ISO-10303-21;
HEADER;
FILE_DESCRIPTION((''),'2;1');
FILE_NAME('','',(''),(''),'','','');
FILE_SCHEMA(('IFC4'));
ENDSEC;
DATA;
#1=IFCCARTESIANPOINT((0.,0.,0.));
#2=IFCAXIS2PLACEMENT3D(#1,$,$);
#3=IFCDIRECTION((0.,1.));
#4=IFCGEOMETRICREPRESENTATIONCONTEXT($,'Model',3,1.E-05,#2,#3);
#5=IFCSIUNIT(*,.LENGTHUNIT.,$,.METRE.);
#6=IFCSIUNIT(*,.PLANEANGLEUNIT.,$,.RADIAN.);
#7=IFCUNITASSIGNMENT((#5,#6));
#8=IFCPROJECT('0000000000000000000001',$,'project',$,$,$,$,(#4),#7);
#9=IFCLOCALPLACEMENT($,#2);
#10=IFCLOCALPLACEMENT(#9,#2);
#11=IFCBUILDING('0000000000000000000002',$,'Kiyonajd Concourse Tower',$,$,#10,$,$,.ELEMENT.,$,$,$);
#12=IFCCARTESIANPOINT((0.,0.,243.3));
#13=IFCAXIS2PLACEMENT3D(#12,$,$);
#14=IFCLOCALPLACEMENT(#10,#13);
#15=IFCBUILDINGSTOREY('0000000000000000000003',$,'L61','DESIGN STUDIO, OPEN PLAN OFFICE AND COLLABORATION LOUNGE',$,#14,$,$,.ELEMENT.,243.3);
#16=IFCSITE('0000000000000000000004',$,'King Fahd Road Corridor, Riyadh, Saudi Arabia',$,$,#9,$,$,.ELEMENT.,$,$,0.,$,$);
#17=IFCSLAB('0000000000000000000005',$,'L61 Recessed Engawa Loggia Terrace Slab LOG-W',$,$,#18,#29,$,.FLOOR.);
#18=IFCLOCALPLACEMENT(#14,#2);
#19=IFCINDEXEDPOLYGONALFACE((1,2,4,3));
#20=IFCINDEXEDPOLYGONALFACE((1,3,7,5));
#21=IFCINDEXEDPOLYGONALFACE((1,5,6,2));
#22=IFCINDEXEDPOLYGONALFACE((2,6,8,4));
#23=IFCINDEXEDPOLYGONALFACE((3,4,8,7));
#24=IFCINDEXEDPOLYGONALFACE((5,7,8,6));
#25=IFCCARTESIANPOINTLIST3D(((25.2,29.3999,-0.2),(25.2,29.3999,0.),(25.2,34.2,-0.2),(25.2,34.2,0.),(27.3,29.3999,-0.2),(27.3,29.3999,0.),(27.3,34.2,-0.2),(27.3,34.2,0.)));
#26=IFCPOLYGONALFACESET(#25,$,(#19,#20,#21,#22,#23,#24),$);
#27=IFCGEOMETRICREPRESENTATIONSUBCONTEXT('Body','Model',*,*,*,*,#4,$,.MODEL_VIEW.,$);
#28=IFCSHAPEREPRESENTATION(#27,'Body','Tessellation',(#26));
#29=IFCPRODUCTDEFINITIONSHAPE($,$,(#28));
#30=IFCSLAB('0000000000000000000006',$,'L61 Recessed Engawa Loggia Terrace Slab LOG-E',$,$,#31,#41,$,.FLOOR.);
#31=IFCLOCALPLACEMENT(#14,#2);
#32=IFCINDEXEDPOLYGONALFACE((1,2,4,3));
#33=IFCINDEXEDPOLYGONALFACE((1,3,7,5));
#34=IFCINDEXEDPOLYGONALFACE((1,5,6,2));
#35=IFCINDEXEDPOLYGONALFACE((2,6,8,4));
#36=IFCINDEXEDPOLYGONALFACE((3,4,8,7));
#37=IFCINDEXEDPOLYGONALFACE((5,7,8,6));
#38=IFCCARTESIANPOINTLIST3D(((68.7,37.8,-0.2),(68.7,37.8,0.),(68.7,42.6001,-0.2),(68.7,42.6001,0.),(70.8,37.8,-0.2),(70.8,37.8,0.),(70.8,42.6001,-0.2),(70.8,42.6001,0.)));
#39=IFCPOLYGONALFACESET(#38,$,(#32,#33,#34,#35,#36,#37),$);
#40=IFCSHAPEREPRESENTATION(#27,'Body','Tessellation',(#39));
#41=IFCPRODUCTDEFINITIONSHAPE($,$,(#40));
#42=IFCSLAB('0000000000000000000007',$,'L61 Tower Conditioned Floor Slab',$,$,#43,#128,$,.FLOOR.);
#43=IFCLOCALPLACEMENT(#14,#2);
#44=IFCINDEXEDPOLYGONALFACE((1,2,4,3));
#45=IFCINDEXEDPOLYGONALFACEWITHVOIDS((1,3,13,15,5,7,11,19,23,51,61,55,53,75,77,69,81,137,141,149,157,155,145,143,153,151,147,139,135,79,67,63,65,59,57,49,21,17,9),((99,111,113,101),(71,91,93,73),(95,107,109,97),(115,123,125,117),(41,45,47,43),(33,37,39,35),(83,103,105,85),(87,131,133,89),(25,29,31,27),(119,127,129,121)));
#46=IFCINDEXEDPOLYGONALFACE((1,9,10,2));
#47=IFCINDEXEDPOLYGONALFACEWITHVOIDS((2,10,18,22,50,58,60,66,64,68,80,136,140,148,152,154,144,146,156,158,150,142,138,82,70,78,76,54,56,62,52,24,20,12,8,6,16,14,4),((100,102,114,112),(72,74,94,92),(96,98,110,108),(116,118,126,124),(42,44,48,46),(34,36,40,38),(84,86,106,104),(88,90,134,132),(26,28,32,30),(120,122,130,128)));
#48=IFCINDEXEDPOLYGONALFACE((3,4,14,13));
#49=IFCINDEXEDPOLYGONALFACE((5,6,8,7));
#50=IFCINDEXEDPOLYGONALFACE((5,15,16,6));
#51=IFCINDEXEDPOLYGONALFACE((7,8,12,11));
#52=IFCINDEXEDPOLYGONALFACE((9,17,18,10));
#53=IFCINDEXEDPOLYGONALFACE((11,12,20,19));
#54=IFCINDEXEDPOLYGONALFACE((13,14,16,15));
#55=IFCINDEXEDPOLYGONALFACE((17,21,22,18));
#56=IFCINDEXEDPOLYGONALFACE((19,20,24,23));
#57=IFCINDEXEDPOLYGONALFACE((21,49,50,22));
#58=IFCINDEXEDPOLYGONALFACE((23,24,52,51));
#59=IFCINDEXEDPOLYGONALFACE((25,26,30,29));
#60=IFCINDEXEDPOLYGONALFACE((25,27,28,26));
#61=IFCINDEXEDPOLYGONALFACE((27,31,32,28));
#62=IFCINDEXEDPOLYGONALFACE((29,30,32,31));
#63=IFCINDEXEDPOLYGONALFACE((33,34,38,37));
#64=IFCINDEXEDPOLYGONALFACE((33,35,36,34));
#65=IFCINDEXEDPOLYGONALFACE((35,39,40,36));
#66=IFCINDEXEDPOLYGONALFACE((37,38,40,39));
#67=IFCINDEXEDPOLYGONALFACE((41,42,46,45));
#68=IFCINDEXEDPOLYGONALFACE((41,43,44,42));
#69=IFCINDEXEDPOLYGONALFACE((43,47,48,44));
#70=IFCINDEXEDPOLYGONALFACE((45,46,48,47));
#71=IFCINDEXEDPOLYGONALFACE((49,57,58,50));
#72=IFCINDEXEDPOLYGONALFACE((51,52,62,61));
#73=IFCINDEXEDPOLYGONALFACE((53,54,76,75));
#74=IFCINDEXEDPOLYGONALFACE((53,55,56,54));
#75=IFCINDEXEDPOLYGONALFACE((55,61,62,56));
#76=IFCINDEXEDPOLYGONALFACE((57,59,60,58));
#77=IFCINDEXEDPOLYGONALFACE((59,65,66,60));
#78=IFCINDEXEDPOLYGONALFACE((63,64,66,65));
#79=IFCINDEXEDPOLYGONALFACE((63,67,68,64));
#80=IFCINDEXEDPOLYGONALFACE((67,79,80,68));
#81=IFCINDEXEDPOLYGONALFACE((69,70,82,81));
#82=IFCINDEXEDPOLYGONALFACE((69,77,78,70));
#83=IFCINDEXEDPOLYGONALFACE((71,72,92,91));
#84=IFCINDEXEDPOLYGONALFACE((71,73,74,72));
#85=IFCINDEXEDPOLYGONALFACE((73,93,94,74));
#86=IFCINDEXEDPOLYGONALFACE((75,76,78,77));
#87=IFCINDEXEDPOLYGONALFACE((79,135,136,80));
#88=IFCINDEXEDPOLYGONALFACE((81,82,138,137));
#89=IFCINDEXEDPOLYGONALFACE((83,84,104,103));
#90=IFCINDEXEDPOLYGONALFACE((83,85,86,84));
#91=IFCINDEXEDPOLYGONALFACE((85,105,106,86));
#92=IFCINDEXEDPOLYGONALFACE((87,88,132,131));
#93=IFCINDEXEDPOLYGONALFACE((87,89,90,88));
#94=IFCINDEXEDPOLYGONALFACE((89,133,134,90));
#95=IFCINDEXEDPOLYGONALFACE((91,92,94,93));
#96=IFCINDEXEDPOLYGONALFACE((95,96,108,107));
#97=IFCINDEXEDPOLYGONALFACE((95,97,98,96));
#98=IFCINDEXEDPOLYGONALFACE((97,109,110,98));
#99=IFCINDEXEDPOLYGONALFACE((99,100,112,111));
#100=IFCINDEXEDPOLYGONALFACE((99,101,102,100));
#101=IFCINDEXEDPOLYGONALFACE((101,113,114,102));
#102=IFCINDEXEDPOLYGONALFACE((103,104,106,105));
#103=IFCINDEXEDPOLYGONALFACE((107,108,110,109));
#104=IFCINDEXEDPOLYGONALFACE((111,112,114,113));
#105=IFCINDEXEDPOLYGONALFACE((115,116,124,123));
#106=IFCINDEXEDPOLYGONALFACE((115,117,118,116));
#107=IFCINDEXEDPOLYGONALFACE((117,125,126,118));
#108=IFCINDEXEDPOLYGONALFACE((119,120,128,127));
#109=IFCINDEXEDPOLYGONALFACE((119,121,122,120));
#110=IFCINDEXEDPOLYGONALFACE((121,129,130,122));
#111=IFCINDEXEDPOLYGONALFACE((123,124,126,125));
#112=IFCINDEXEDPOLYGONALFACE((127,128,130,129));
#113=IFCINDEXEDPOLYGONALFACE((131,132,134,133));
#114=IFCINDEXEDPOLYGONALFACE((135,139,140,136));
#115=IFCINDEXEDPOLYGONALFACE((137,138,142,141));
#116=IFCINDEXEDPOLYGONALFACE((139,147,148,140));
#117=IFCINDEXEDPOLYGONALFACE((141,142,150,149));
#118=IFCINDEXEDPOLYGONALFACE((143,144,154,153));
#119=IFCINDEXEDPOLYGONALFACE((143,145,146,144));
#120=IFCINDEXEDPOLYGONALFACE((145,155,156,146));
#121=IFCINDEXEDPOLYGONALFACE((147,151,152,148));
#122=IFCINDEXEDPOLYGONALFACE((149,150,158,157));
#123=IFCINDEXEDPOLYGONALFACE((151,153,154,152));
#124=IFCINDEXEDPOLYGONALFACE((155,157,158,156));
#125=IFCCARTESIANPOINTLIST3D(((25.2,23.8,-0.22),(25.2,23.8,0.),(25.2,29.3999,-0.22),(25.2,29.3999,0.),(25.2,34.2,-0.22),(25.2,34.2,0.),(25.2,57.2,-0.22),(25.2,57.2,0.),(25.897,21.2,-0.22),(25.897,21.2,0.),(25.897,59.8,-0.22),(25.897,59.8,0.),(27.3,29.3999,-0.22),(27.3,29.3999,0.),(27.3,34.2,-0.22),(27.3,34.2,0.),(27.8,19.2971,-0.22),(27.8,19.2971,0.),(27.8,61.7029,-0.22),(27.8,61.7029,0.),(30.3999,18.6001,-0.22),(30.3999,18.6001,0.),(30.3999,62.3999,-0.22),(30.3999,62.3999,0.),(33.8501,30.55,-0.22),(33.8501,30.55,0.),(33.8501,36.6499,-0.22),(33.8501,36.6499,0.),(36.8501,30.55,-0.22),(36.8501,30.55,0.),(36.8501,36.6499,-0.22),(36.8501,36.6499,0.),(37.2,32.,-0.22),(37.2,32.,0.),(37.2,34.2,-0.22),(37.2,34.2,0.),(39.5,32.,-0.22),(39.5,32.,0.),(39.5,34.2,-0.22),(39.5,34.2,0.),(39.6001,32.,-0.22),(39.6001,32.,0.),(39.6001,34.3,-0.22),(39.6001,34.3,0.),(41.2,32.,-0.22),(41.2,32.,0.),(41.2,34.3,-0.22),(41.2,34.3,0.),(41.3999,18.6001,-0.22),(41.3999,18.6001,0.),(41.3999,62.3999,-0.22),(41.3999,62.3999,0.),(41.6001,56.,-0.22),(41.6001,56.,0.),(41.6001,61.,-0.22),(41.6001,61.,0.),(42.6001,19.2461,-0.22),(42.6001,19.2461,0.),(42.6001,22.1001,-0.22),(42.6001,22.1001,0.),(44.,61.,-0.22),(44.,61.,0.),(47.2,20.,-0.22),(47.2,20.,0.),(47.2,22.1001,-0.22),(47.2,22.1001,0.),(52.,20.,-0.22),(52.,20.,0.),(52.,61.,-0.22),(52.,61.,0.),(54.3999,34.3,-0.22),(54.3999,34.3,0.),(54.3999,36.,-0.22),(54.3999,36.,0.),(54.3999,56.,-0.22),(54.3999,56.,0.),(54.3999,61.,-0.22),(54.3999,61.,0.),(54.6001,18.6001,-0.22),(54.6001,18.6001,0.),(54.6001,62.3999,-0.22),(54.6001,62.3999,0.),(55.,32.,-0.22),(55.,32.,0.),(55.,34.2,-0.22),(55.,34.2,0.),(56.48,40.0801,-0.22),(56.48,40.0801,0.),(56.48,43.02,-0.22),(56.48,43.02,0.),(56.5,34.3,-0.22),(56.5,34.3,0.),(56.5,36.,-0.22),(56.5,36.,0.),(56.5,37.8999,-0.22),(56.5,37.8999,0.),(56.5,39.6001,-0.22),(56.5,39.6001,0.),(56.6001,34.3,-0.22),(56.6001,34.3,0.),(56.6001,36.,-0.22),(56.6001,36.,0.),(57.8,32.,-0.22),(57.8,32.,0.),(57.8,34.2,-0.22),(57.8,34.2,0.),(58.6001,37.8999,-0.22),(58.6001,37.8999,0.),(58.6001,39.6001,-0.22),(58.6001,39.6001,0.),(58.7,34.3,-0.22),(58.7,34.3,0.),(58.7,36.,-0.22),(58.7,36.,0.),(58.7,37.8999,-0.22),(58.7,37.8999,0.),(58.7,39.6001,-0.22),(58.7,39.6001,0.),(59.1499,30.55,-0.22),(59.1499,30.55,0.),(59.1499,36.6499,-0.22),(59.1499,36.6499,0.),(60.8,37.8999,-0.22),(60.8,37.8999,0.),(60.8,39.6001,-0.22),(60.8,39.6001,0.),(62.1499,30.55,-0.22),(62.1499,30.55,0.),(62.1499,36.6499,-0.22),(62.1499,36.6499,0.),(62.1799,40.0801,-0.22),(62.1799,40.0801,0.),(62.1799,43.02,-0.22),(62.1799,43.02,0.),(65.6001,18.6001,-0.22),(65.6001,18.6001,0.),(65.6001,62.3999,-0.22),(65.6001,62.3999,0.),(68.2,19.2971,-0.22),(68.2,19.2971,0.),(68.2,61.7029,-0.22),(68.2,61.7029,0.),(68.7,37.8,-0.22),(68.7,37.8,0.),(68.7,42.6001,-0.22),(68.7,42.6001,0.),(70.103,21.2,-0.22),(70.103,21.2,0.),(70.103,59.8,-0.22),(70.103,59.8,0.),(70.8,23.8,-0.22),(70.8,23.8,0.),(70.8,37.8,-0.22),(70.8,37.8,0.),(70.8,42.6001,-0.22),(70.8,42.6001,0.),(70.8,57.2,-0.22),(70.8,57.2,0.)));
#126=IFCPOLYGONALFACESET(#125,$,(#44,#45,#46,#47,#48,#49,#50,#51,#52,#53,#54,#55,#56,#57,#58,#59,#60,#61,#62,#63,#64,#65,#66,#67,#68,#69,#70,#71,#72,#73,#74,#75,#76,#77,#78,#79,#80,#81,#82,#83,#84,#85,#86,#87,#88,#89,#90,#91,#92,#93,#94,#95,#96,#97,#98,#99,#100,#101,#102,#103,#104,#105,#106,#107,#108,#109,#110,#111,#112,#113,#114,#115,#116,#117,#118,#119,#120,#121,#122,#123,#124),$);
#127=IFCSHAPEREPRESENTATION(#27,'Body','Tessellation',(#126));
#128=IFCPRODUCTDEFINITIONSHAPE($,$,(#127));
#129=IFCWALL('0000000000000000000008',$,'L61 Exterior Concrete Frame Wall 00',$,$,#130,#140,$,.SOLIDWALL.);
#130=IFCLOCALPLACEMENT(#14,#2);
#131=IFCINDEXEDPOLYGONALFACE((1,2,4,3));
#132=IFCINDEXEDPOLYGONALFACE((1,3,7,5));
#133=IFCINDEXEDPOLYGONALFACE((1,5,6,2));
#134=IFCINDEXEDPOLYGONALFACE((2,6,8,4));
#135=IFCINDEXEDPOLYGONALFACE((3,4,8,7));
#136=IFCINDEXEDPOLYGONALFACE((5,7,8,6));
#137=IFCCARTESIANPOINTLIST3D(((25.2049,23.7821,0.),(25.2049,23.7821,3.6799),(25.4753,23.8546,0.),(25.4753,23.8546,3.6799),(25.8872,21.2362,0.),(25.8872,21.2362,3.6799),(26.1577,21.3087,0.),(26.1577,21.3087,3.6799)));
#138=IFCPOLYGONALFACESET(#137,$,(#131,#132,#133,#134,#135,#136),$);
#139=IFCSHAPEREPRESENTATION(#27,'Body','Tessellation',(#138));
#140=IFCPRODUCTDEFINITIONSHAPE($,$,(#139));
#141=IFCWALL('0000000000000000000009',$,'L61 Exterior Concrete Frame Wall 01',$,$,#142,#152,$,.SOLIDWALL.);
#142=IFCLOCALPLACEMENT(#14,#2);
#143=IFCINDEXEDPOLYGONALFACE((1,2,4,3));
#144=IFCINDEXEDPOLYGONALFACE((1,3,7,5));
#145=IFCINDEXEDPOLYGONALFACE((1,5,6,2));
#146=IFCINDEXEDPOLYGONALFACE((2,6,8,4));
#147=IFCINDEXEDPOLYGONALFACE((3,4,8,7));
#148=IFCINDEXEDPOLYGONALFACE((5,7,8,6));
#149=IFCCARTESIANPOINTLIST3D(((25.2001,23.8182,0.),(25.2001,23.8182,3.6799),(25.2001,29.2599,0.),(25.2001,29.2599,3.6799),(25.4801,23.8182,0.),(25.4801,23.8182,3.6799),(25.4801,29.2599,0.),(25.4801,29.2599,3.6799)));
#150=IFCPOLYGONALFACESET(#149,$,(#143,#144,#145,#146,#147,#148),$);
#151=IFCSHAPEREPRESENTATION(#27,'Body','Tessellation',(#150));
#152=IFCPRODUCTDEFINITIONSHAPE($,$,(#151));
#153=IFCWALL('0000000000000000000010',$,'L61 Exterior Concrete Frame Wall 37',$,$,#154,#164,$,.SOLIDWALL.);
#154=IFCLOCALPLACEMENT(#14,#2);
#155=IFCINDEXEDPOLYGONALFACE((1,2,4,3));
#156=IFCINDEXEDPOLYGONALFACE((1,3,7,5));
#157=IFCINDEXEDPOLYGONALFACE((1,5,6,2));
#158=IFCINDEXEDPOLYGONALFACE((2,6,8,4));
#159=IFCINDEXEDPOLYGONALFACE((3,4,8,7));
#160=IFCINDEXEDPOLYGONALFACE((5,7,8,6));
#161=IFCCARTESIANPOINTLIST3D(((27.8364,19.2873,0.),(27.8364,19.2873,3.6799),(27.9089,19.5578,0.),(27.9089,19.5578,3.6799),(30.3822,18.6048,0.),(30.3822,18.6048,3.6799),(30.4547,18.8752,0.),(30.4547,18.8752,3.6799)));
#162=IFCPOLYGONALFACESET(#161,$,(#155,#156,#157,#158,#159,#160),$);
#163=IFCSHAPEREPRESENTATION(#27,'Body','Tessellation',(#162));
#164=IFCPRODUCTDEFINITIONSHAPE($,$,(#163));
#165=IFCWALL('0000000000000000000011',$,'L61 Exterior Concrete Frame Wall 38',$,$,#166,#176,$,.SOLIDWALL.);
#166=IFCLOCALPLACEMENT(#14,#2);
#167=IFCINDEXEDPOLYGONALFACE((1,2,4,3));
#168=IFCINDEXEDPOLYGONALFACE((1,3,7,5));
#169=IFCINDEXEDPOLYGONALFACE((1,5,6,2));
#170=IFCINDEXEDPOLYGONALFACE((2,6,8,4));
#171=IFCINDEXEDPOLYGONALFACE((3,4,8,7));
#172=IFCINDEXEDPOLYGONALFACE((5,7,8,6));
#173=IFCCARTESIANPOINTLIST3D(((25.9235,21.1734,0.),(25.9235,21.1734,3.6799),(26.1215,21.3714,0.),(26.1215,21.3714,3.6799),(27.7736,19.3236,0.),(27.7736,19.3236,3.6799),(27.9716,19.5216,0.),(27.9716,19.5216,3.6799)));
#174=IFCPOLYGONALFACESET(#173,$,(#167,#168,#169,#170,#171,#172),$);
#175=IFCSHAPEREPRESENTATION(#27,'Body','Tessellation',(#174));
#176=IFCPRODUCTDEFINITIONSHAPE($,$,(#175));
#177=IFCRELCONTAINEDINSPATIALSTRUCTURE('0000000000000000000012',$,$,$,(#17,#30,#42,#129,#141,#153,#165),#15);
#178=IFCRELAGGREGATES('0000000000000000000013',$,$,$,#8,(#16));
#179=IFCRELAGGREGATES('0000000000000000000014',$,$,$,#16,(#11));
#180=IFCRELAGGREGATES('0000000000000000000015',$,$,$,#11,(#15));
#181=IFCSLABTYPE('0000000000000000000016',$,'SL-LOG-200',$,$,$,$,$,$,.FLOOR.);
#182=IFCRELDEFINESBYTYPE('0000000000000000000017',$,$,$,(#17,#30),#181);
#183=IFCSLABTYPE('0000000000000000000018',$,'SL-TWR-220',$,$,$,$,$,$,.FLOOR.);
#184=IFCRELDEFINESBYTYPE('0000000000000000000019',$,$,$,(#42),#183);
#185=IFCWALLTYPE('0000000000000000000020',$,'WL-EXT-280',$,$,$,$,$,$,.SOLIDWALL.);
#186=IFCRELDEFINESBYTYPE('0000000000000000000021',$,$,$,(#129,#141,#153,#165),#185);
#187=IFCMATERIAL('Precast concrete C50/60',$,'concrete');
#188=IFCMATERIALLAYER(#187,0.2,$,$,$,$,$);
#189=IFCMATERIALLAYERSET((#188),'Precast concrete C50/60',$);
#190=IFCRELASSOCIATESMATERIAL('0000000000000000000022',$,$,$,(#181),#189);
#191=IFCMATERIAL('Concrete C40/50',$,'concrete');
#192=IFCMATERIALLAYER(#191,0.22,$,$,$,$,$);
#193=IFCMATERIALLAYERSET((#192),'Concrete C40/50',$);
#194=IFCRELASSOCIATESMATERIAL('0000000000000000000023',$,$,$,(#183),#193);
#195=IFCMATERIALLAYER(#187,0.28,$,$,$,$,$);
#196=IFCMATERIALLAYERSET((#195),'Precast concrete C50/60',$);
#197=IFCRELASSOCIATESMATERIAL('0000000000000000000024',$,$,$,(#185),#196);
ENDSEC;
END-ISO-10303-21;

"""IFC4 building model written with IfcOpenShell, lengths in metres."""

from ifc_helpers import new_model, si_unit, direction, frame, frame_2d, origin, place, context, subcontext, project, spatial, polyline, rectangle, outline, extrude, material, layer, layer_set, type_object, element, save


model = new_model("IFC4")

# Units and contexts
model_context = context("Model", 3, precision=1e-05, world=origin(), true_north=direction((0.0, 1.0)))
body_context = subcontext(model_context, "Body", "Model", "MODEL_VIEW")
ifc_project = project(units=[si_unit("LENGTHUNIT", "METRE"), si_unit("PLANEANGLEUNIT", "RADIAN")], contexts=[model_context])

# Site, building, storey
site_placement = place(None, origin())
site = spatial("IfcSite", under=ifc_project, at=site_placement, Name="King Fahd Road Corridor, Riyadh, Saudi Arabia", CompositionType="ELEMENT", RefElevation=0.0)
building_placement = place(site_placement, origin())
building = spatial("IfcBuilding", under=site, at=building_placement, Name="Kiyonajd Concourse Tower", CompositionType="ELEMENT")
storey_placement = place(building_placement, frame((0.0, 0.0, 243.3)))
storey = spatial("IfcBuildingStorey", under=building, at=storey_placement, Name="L61", Description="DESIGN STUDIO, OPEN PLAN OFFICE AND COLLABORATION LOUNGE", CompositionType="ELEMENT", Elevation=243.3)

# Shared definitions
ifc_material_1 = material(Name="Concrete C40/50", Category="concrete")

# Slabs
ifc_material_2 = material(Name="Precast concrete C50/60", Category="concrete")
ifc_layer_1 = layer(ifc_material_2, 0.2)
ifc_layer_set_1 = layer_set([ifc_layer_1], Name="Precast concrete C50/60")
slab_type_1 = type_object("IfcSlabType", Name="SL-LOG-200", PredefinedType="FLOOR", material=ifc_layer_set_1)
slab_1_placement = place(storey_placement, frame((0.0, 0.0, -0.2)))
element("IfcSlab", 1, at=slab_1_placement, inside=storey, type_object=slab_type_1, Name="L61 Recessed Engawa Loggia Terrace Slab LOG-W", PredefinedType="FLOOR", context=body_context, shape_type="SweptSolid", body=[
    extrude(outline(polyline([(25.2, 29.3999), (27.3, 29.3999), (27.3, 34.2), (25.2, 34.2), (25.2, 29.3999)])), origin(), (0.0, 0.0, 1.0), 0.2),
])
slab_2_placement = place(storey_placement, frame((0.0, 0.0, -0.2)))
element("IfcSlab", 2, at=slab_2_placement, inside=storey, type_object=slab_type_1, Name="L61 Recessed Engawa Loggia Terrace Slab LOG-E", PredefinedType="FLOOR", context=body_context, shape_type="SweptSolid", body=[
    extrude(outline(polyline([(68.7, 37.8), (70.8, 37.8), (70.8, 42.6001), (68.7, 42.6001), (68.7, 37.8)])), origin(), (0.0, 0.0, 1.0), 0.2),
])
ifc_layer_2 = layer(ifc_material_1, 0.22)
ifc_layer_set_2 = layer_set([ifc_layer_2], Name="Concrete C40/50")
slab_type_2 = type_object("IfcSlabType", Name="SL-TWR-220", PredefinedType="FLOOR", material=ifc_layer_set_2)
slab_3_placement = place(storey_placement, frame((0.0, 0.0, -0.22)))
element("IfcSlab", 3, at=slab_3_placement, inside=storey, type_object=slab_type_2, Name="L61 Tower Conditioned Floor Slab", PredefinedType="FLOOR", context=body_context, shape_type="SweptSolid", body=[
    extrude(outline(polyline([(25.897, 21.2), (25.2, 23.8), (25.2, 29.3999), (27.3, 29.3999), (27.3, 34.2), (25.2, 34.2), (25.2, 57.2), (25.897, 59.8), (27.8, 61.7029), (30.3999, 62.3999), (41.3999, 62.3999), (44.0, 61.0), (41.6001, 61.0), (41.6001, 56.0), (54.3999, 56.0), (54.3999, 61.0), (52.0, 61.0), (54.6001, 62.3999), (65.6001, 62.3999), (68.2, 61.7029), (70.103, 59.8), (70.8, 57.2), (70.8, 42.6001), (68.7, 42.6001), (68.7, 37.8), (70.8, 37.8), (70.8, 23.8), (70.103, 21.2), (68.2, 19.2971), (65.6001, 18.6001), (54.6001, 18.6001), (52.0, 20.0), (47.2, 20.0), (47.2, 22.1001), (42.6001, 22.1001), (42.6001, 19.2461), (41.3999, 18.6001), (30.3999, 18.6001), (27.8, 19.2971), (25.897, 21.2)]), holes=[polyline([(39.5, 32.0), (37.2, 32.0), (37.2, 34.2), (39.5, 34.2), (39.5, 32.0)]), polyline([(57.8, 32.0), (55.0, 32.0), (55.0, 34.2), (57.8, 34.2), (57.8, 32.0)]), polyline([(41.2, 32.0), (39.6001, 32.0), (39.6001, 34.3), (41.2, 34.3), (41.2, 32.0)]), polyline([(33.8501, 30.55), (33.8501, 36.6499), (36.8501, 36.6499), (36.8501, 30.55), (33.8501, 30.55)]), polyline([(59.1499, 30.55), (59.1499, 36.6499), (62.1499, 36.6499), (62.1499, 30.55), (59.1499, 30.55)]), polyline([(56.5, 34.3), (54.3999, 34.3), (54.3999, 36.0), (56.5, 36.0), (56.5, 34.3)]), polyline([(58.7, 34.3), (56.6001, 34.3), (56.6001, 36.0), (58.7, 36.0), (58.7, 34.3)]), polyline([(58.6001, 37.8999), (56.5, 37.8999), (56.5, 39.6001), (58.6001, 39.6001), (58.6001, 37.8999)]), polyline([(58.7, 37.8999), (58.7, 39.6001), (60.8, 39.6001), (60.8, 37.8999), (58.7, 37.8999)]), polyline([(56.48, 43.02), (62.1799, 43.02), (62.1799, 40.0801), (56.48, 40.0801), (56.48, 43.02)])]), origin(), (0.0, 0.0, 1.0), 0.22),
])

# Walls
ifc_layer_3 = layer(ifc_material_2, 0.28)
ifc_layer_set_3 = layer_set([ifc_layer_3], Name="Precast concrete C50/60")
wall_type_1 = type_object("IfcWallType", Name="WL-EXT-280", PredefinedType="SOLIDWALL", material=ifc_layer_set_3)
wall_1_placement = place(storey_placement, frame((26.0225, 21.2725, 0.0), z_axis=(0.0, 0.0, 1.0), x_axis=(-0.25889, 0.965907, 0.0)))
element("IfcWall", 4, at=wall_1_placement, inside=storey, type_object=wall_type_1, Name="L61 Exterior Concrete Frame Wall 00", PredefinedType="SOLIDWALL", context=body_context, shape_type="SweptSolid", body=[
    extrude(rectangle(XDim=2.6357, YDim=0.28, at=frame_2d((1.3179, 0.0))), origin(), (0.0, 0.0, 1.0), 3.6799),
])
wall_2_placement = place(storey_placement, frame((25.3401, 23.8184, 0.0), z_axis=(0.0, 0.0, 1.0), x_axis=(0.0, 1.0, 0.0)))
element("IfcWall", 5, at=wall_2_placement, inside=storey, type_object=wall_type_1, Name="L61 Exterior Concrete Frame Wall 01", PredefinedType="SOLIDWALL", context=body_context, shape_type="SweptSolid", body=[
    extrude(rectangle(XDim=5.4417, YDim=0.28, at=frame_2d((2.7207, 0.0))), origin(), (0.0, 0.0, 1.0), 3.6799),
])
wall_3_placement = place(storey_placement, frame((30.4185, 18.74, 0.0), z_axis=(0.0, 0.0, 1.0), x_axis=(-0.965884, 0.258977, 0.0)))
element("IfcWall", 6, at=wall_3_placement, inside=storey, type_object=wall_type_1, Name="L61 Exterior Concrete Frame Wall 37", PredefinedType="SOLIDWALL", context=body_context, shape_type="SweptSolid", body=[
    extrude(rectangle(XDim=2.6357, YDim=0.28, at=frame_2d((1.3179, 0.0))), origin(), (0.0, 0.0, 1.0), 3.6799),
])
wall_4_placement = place(storey_placement, frame((27.8726, 19.4226, 0.0), z_axis=(0.0, 0.0, 1.0), x_axis=(-0.707153, 0.70706, 0.0)))
element("IfcWall", 7, at=wall_4_placement, inside=storey, type_object=wall_type_1, Name="L61 Exterior Concrete Frame Wall 38", PredefinedType="SOLIDWALL", context=body_context, shape_type="SweptSolid", body=[
    extrude(rectangle(XDim=2.6162, YDim=0.28, at=frame_2d((1.3081, 0.0))), origin(), (0.0, 0.0, 1.0), 3.6799),
])

save(model, "model.ifc")
